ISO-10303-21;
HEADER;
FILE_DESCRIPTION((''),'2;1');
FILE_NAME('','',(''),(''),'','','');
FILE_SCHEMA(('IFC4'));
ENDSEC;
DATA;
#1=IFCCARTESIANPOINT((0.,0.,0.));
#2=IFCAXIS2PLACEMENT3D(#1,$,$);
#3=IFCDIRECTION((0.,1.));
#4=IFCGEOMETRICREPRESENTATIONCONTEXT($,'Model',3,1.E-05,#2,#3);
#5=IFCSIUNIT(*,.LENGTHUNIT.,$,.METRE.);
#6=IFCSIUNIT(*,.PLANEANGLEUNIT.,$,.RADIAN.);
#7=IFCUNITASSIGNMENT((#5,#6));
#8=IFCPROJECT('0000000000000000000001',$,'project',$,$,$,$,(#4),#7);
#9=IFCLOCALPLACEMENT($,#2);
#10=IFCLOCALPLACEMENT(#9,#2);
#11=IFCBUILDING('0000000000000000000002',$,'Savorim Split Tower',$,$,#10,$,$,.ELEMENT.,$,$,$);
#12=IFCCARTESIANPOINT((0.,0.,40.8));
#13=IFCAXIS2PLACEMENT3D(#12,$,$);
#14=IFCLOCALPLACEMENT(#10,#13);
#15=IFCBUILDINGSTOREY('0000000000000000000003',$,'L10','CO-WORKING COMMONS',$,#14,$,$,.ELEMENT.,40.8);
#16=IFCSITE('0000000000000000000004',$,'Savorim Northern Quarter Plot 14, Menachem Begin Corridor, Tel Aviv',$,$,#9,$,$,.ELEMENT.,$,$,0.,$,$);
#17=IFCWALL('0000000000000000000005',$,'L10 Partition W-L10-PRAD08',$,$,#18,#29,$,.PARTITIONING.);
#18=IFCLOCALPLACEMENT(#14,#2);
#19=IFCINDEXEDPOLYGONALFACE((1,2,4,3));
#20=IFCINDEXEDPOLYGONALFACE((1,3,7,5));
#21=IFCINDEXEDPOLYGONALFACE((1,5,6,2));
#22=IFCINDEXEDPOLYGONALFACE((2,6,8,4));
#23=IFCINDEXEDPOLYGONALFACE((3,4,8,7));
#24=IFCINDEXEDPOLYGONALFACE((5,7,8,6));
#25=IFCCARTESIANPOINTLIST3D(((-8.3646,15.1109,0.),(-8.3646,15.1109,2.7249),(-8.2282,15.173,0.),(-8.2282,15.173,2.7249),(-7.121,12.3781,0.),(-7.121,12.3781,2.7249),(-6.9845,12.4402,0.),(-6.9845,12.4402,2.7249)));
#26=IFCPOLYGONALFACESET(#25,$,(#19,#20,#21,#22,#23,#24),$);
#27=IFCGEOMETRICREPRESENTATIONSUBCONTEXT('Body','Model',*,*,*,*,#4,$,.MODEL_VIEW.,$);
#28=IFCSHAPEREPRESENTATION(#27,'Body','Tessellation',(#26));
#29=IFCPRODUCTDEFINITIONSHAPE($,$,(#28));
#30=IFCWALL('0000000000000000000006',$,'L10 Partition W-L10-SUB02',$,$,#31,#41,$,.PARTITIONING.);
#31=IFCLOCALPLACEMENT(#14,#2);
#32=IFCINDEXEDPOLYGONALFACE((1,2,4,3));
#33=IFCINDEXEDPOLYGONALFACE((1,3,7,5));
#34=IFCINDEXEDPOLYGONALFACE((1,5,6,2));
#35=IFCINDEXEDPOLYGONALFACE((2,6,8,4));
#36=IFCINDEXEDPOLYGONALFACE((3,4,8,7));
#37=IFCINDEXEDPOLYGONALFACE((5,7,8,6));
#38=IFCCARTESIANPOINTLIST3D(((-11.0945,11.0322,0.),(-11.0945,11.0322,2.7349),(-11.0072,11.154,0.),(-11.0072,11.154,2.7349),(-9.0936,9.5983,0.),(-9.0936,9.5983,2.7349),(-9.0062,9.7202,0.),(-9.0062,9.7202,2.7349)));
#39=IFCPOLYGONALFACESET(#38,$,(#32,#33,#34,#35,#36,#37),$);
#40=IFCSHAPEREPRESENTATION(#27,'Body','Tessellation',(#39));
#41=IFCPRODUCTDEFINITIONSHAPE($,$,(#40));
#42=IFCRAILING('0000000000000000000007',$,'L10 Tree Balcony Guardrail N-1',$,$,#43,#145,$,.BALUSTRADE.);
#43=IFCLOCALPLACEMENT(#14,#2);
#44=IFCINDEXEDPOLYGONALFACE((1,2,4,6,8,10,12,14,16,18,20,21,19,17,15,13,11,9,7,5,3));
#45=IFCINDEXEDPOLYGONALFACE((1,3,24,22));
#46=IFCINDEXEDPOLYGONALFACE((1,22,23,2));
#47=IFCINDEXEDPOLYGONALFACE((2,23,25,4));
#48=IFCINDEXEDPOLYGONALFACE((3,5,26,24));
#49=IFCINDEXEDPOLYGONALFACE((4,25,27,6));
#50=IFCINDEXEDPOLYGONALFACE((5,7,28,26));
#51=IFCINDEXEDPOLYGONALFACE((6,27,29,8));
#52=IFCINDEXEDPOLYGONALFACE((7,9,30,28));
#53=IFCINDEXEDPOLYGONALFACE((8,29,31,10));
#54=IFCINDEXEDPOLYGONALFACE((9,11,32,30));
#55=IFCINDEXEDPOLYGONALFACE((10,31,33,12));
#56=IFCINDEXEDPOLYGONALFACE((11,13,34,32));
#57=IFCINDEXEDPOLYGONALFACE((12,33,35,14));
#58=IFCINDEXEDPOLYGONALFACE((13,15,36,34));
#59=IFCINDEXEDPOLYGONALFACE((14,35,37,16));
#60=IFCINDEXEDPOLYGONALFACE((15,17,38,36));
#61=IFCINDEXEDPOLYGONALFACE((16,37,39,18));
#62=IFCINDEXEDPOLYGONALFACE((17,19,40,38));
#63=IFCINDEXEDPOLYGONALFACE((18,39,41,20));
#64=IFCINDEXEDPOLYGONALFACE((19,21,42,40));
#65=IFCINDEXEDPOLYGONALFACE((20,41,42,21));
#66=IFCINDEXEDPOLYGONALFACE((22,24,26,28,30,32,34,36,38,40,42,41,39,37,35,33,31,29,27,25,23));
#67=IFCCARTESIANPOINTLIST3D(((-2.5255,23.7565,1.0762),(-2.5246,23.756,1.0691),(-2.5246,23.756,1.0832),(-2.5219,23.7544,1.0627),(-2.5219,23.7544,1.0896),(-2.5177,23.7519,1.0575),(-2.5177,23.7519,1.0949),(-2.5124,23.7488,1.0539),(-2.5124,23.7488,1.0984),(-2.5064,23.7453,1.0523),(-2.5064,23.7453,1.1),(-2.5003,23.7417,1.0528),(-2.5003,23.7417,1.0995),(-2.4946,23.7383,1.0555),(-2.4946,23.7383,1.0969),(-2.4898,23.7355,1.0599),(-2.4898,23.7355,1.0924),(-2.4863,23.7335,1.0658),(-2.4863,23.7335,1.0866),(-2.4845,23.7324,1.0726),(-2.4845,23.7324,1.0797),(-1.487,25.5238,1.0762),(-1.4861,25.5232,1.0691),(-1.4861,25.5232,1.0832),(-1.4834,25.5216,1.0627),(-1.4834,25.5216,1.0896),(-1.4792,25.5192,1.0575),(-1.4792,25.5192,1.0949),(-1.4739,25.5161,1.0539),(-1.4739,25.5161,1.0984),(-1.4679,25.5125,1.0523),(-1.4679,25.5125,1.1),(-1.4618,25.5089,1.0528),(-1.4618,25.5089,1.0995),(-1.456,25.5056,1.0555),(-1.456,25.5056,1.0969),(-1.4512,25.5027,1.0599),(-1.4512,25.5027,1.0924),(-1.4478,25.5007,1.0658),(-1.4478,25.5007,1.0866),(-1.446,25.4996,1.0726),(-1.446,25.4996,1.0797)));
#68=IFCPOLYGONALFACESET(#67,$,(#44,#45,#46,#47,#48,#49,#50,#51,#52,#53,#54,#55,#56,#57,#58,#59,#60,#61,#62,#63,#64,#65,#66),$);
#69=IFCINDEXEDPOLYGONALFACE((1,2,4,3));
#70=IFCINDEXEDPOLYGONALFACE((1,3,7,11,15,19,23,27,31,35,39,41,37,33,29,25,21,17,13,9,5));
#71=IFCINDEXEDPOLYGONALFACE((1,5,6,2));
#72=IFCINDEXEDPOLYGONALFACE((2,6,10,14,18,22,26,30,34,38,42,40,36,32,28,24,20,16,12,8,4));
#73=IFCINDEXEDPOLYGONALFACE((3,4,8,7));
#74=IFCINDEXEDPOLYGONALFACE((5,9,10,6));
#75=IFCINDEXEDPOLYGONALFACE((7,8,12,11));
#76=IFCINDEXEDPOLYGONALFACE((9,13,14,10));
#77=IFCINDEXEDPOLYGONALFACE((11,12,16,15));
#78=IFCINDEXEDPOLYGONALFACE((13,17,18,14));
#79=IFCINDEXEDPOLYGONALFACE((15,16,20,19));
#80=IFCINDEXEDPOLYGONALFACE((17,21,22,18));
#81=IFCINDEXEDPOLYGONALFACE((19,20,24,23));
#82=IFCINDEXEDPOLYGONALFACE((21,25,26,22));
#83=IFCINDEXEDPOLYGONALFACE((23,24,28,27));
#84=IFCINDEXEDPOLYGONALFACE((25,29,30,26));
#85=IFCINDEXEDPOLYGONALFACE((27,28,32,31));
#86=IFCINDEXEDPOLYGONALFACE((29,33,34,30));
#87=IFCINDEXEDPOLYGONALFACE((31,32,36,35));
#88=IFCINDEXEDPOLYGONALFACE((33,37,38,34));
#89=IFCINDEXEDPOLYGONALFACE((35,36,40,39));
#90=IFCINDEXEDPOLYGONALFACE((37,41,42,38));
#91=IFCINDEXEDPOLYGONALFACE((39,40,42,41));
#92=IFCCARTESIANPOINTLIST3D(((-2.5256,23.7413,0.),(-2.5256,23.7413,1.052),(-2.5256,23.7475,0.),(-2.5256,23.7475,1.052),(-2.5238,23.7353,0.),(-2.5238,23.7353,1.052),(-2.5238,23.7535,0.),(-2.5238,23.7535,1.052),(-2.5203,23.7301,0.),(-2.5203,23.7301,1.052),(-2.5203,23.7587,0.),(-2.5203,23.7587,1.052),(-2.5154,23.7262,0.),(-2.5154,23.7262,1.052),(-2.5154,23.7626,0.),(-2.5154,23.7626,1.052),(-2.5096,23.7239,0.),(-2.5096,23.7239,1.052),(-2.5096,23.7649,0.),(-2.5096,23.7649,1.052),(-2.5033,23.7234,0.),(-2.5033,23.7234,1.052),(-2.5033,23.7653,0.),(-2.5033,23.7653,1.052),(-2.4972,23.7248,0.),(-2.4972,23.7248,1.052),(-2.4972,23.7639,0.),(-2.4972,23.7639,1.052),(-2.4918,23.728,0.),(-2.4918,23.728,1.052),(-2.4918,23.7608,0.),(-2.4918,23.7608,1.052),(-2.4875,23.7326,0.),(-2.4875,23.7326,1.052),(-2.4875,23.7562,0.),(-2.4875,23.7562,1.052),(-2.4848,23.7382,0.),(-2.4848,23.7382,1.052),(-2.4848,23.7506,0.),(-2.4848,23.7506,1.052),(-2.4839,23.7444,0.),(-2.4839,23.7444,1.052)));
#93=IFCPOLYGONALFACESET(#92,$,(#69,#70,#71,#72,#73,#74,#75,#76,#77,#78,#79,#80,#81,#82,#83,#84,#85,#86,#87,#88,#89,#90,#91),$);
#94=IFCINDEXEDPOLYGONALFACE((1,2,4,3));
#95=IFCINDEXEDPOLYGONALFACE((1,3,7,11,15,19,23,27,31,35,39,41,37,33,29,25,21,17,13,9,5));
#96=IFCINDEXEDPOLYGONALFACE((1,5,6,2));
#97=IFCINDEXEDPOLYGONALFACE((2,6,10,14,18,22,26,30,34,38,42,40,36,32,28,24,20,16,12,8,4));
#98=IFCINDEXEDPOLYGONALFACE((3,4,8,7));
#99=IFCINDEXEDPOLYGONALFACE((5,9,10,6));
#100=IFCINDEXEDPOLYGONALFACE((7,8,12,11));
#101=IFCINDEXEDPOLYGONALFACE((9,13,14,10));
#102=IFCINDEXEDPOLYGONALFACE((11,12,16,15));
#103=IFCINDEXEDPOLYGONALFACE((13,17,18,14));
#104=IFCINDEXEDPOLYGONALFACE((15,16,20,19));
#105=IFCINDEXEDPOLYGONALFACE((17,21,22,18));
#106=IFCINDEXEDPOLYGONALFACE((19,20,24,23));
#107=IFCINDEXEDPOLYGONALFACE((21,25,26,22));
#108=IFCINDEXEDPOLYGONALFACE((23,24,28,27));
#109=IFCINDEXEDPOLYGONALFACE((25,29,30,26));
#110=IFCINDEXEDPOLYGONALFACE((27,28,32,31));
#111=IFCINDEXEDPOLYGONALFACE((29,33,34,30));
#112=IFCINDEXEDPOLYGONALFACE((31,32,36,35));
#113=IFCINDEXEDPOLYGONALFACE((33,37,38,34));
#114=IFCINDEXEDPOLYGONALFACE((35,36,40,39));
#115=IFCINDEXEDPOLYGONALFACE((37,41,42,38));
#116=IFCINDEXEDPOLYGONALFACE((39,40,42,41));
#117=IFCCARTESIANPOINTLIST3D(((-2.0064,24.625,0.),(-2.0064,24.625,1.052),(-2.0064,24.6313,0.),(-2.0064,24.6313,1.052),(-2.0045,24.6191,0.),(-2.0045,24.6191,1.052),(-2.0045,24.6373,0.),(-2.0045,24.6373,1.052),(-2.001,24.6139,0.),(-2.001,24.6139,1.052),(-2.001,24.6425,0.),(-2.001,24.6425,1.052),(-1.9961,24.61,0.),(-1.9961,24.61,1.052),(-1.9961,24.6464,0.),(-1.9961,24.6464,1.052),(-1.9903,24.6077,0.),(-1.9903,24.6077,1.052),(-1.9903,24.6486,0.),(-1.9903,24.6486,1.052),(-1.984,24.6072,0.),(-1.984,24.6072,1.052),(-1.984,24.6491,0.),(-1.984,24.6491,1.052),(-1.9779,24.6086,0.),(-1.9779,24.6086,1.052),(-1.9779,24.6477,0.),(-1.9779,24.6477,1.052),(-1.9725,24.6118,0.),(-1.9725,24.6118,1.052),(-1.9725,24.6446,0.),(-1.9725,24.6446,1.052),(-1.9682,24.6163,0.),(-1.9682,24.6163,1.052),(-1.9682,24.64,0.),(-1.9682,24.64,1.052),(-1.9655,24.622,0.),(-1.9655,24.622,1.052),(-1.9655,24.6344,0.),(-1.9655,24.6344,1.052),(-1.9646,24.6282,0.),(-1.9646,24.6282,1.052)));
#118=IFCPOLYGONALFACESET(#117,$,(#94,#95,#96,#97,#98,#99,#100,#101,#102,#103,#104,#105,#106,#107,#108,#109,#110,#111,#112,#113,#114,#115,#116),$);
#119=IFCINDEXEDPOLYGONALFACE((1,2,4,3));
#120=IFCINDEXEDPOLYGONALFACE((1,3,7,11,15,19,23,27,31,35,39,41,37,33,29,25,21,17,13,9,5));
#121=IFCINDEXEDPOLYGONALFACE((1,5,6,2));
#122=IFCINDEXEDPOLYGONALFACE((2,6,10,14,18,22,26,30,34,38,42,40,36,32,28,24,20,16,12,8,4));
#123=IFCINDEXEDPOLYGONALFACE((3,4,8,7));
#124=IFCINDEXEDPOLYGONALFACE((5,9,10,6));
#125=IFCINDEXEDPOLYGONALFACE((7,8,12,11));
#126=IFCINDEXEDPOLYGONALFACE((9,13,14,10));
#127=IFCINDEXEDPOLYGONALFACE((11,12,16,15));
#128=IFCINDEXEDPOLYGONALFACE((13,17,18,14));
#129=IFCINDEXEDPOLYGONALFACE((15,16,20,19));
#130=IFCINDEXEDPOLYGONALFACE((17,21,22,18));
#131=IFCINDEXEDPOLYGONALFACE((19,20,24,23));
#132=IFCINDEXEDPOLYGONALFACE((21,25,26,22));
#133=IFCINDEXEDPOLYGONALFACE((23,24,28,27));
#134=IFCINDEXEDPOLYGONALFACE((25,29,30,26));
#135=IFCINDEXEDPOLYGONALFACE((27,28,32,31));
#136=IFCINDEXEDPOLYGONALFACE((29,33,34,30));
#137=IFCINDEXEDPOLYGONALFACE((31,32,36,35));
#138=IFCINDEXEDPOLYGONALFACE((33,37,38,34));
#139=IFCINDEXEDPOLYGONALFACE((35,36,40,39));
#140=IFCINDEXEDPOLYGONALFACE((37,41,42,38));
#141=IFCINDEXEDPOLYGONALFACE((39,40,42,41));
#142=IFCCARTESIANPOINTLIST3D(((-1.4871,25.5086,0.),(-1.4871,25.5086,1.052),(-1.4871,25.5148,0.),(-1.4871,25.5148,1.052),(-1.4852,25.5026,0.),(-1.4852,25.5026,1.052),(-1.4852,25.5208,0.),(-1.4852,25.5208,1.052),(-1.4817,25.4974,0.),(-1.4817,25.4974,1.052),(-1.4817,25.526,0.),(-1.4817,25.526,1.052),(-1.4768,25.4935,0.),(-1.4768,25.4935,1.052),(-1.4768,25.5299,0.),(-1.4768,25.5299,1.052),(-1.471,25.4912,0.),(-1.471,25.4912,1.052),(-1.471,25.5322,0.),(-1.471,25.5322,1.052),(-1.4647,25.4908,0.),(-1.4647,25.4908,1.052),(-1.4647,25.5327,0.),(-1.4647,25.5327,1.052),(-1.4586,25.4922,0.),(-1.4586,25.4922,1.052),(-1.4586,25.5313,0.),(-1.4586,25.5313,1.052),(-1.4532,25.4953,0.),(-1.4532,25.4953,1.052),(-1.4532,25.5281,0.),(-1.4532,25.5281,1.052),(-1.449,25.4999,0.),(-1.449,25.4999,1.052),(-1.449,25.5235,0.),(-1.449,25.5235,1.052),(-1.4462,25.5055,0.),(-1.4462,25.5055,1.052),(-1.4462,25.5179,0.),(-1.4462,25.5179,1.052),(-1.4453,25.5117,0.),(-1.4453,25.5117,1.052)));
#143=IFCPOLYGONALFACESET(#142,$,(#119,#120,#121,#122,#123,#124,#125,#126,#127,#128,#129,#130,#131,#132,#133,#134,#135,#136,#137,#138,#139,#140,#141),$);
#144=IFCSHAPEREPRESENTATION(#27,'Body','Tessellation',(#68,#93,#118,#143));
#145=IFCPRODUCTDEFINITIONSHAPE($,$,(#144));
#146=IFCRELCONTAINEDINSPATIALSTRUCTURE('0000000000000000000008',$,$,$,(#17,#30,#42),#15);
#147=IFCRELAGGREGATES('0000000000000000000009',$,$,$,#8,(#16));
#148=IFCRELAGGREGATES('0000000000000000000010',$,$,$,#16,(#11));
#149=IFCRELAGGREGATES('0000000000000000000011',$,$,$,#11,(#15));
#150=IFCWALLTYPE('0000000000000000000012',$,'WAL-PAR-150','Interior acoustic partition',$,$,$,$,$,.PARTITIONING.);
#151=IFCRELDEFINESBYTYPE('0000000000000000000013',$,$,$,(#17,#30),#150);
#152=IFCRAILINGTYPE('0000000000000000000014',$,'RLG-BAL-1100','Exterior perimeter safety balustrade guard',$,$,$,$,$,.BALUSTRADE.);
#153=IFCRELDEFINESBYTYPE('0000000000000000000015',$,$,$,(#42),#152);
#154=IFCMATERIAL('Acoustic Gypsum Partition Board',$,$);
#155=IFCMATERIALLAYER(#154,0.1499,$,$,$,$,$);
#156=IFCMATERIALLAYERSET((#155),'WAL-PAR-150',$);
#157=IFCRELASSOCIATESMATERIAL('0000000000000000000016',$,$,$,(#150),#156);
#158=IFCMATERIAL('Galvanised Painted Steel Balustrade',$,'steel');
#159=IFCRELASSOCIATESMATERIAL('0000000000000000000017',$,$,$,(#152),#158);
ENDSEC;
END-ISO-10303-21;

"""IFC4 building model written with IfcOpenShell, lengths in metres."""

from ifc_helpers import new_model, si_unit, direction, frame, frame_2d, origin, origin_2d, place, context, subcontext, project, spatial, rectangle, circle, extrude, material, layer, layer_set, type_object, element, save


model = new_model("IFC4")

# Units and contexts
model_context = context("Model", 3, precision=1e-05, world=origin(), true_north=direction((0.0, 1.0)))
body_context = subcontext(model_context, "Body", "Model", "MODEL_VIEW")
ifc_project = project(units=[si_unit("LENGTHUNIT", "METRE"), si_unit("PLANEANGLEUNIT", "RADIAN")], contexts=[model_context])

# Site, building, storey
site_placement = place(None, origin())
site = spatial("IfcSite", under=ifc_project, at=site_placement, Name="Savorim Northern Quarter Plot 14, Menachem Begin Corridor, Tel Aviv", CompositionType="ELEMENT", RefElevation=0.0)
building_placement = place(site_placement, origin())
building = spatial("IfcBuilding", under=site, at=building_placement, Name="Savorim Split Tower", CompositionType="ELEMENT")
storey_placement = place(building_placement, frame((0.0, 0.0, 40.8)))
storey = spatial("IfcBuildingStorey", under=building, at=storey_placement, Name="L10", Description="CO-WORKING COMMONS", CompositionType="ELEMENT", Elevation=40.8)

# Shared definitions
ifc_material_1 = material(Name="Acoustic Gypsum Partition Board")
ifc_layer_1 = layer(ifc_material_1, 0.1499)
ifc_layer_set_1 = layer_set([ifc_layer_1], Name="WAL-PAR-150")
wall_type_1 = type_object("IfcWallType", Name="WAL-PAR-150", Description="Interior acoustic partition", PredefinedType="PARTITIONING", material=ifc_layer_set_1)

# Walls
wall_1_placement = place(storey_placement, frame((-7.0527, 12.4092, 0.0), z_axis=(0.0, 0.0, 1.0), x_axis=(-0.414226, 0.910174, 0.0)))
element("IfcWall", 1, at=wall_1_placement, inside=storey, type_object=wall_type_1, Name="L10 Partition W-L10-PRAD08", PredefinedType="PARTITIONING", context=body_context, shape_type="SweptSolid", body=[
    extrude(rectangle(XDim=3.0024, YDim=0.1499, at=frame_2d((1.5012, 0.0))), origin(), (0.0, 0.0, 1.0), 2.7249),
])
wall_2_placement = place(storey_placement, frame((-9.0498, 9.6592, 0.0), z_axis=(0.0, 0.0, 1.0), x_axis=(-0.812855, 0.582467, 0.0)))
element("IfcWall", 2, at=wall_2_placement, inside=storey, type_object=wall_type_1, Name="L10 Partition W-L10-SUB02", PredefinedType="PARTITIONING", context=body_context, shape_type="SweptSolid", body=[
    extrude(rectangle(XDim=2.4617, YDim=0.1499, at=frame_2d((1.231, 0.0))), origin(), (0.0, 0.0, 1.0), 2.7349),
])

# Railing
ifc_material_2 = material(Name="Galvanised Painted Steel Balustrade", Category="steel")
railing_type = type_object("IfcRailingType", Name="RLG-BAL-1100", Description="Exterior perimeter safety balustrade guard", PredefinedType="BALUSTRADE", material=ifc_material_2)
railing_1_placement = place(storey_placement, frame((-2.5049, 23.7444, 0.0)))
element("IfcRailing", 3, at=railing_1_placement, inside=storey, type_object=railing_type, Name="L10 Tree Balcony Guardrail N-1", PredefinedType="BALUSTRADE", context=body_context, shape_type="SweptSolid", body=[
    extrude(circle(Radius=0.0239, at=origin_2d()), frame((0.0, 0.0, 1.0762), z_axis=(0.506645, 0.862155, 0.0), x_axis=(-0.862155, 0.506645, 0.0)), (0.0, 0.0, 1.0), 2.0498),
    extrude(circle(Radius=0.021, at=origin_2d()), origin(), (0.0, 0.0, 1.0), 1.052),
    extrude(circle(Radius=0.021, at=origin_2d()), frame((0.5193, 0.8838, 0.0)), (0.0, 0.0, 1.0), 1.052),
    extrude(circle(Radius=0.021, at=origin_2d()), frame((1.0386, 1.7673, 0.0)), (0.0, 0.0, 1.0), 1.052),
])

save(model, "model.ifc")
